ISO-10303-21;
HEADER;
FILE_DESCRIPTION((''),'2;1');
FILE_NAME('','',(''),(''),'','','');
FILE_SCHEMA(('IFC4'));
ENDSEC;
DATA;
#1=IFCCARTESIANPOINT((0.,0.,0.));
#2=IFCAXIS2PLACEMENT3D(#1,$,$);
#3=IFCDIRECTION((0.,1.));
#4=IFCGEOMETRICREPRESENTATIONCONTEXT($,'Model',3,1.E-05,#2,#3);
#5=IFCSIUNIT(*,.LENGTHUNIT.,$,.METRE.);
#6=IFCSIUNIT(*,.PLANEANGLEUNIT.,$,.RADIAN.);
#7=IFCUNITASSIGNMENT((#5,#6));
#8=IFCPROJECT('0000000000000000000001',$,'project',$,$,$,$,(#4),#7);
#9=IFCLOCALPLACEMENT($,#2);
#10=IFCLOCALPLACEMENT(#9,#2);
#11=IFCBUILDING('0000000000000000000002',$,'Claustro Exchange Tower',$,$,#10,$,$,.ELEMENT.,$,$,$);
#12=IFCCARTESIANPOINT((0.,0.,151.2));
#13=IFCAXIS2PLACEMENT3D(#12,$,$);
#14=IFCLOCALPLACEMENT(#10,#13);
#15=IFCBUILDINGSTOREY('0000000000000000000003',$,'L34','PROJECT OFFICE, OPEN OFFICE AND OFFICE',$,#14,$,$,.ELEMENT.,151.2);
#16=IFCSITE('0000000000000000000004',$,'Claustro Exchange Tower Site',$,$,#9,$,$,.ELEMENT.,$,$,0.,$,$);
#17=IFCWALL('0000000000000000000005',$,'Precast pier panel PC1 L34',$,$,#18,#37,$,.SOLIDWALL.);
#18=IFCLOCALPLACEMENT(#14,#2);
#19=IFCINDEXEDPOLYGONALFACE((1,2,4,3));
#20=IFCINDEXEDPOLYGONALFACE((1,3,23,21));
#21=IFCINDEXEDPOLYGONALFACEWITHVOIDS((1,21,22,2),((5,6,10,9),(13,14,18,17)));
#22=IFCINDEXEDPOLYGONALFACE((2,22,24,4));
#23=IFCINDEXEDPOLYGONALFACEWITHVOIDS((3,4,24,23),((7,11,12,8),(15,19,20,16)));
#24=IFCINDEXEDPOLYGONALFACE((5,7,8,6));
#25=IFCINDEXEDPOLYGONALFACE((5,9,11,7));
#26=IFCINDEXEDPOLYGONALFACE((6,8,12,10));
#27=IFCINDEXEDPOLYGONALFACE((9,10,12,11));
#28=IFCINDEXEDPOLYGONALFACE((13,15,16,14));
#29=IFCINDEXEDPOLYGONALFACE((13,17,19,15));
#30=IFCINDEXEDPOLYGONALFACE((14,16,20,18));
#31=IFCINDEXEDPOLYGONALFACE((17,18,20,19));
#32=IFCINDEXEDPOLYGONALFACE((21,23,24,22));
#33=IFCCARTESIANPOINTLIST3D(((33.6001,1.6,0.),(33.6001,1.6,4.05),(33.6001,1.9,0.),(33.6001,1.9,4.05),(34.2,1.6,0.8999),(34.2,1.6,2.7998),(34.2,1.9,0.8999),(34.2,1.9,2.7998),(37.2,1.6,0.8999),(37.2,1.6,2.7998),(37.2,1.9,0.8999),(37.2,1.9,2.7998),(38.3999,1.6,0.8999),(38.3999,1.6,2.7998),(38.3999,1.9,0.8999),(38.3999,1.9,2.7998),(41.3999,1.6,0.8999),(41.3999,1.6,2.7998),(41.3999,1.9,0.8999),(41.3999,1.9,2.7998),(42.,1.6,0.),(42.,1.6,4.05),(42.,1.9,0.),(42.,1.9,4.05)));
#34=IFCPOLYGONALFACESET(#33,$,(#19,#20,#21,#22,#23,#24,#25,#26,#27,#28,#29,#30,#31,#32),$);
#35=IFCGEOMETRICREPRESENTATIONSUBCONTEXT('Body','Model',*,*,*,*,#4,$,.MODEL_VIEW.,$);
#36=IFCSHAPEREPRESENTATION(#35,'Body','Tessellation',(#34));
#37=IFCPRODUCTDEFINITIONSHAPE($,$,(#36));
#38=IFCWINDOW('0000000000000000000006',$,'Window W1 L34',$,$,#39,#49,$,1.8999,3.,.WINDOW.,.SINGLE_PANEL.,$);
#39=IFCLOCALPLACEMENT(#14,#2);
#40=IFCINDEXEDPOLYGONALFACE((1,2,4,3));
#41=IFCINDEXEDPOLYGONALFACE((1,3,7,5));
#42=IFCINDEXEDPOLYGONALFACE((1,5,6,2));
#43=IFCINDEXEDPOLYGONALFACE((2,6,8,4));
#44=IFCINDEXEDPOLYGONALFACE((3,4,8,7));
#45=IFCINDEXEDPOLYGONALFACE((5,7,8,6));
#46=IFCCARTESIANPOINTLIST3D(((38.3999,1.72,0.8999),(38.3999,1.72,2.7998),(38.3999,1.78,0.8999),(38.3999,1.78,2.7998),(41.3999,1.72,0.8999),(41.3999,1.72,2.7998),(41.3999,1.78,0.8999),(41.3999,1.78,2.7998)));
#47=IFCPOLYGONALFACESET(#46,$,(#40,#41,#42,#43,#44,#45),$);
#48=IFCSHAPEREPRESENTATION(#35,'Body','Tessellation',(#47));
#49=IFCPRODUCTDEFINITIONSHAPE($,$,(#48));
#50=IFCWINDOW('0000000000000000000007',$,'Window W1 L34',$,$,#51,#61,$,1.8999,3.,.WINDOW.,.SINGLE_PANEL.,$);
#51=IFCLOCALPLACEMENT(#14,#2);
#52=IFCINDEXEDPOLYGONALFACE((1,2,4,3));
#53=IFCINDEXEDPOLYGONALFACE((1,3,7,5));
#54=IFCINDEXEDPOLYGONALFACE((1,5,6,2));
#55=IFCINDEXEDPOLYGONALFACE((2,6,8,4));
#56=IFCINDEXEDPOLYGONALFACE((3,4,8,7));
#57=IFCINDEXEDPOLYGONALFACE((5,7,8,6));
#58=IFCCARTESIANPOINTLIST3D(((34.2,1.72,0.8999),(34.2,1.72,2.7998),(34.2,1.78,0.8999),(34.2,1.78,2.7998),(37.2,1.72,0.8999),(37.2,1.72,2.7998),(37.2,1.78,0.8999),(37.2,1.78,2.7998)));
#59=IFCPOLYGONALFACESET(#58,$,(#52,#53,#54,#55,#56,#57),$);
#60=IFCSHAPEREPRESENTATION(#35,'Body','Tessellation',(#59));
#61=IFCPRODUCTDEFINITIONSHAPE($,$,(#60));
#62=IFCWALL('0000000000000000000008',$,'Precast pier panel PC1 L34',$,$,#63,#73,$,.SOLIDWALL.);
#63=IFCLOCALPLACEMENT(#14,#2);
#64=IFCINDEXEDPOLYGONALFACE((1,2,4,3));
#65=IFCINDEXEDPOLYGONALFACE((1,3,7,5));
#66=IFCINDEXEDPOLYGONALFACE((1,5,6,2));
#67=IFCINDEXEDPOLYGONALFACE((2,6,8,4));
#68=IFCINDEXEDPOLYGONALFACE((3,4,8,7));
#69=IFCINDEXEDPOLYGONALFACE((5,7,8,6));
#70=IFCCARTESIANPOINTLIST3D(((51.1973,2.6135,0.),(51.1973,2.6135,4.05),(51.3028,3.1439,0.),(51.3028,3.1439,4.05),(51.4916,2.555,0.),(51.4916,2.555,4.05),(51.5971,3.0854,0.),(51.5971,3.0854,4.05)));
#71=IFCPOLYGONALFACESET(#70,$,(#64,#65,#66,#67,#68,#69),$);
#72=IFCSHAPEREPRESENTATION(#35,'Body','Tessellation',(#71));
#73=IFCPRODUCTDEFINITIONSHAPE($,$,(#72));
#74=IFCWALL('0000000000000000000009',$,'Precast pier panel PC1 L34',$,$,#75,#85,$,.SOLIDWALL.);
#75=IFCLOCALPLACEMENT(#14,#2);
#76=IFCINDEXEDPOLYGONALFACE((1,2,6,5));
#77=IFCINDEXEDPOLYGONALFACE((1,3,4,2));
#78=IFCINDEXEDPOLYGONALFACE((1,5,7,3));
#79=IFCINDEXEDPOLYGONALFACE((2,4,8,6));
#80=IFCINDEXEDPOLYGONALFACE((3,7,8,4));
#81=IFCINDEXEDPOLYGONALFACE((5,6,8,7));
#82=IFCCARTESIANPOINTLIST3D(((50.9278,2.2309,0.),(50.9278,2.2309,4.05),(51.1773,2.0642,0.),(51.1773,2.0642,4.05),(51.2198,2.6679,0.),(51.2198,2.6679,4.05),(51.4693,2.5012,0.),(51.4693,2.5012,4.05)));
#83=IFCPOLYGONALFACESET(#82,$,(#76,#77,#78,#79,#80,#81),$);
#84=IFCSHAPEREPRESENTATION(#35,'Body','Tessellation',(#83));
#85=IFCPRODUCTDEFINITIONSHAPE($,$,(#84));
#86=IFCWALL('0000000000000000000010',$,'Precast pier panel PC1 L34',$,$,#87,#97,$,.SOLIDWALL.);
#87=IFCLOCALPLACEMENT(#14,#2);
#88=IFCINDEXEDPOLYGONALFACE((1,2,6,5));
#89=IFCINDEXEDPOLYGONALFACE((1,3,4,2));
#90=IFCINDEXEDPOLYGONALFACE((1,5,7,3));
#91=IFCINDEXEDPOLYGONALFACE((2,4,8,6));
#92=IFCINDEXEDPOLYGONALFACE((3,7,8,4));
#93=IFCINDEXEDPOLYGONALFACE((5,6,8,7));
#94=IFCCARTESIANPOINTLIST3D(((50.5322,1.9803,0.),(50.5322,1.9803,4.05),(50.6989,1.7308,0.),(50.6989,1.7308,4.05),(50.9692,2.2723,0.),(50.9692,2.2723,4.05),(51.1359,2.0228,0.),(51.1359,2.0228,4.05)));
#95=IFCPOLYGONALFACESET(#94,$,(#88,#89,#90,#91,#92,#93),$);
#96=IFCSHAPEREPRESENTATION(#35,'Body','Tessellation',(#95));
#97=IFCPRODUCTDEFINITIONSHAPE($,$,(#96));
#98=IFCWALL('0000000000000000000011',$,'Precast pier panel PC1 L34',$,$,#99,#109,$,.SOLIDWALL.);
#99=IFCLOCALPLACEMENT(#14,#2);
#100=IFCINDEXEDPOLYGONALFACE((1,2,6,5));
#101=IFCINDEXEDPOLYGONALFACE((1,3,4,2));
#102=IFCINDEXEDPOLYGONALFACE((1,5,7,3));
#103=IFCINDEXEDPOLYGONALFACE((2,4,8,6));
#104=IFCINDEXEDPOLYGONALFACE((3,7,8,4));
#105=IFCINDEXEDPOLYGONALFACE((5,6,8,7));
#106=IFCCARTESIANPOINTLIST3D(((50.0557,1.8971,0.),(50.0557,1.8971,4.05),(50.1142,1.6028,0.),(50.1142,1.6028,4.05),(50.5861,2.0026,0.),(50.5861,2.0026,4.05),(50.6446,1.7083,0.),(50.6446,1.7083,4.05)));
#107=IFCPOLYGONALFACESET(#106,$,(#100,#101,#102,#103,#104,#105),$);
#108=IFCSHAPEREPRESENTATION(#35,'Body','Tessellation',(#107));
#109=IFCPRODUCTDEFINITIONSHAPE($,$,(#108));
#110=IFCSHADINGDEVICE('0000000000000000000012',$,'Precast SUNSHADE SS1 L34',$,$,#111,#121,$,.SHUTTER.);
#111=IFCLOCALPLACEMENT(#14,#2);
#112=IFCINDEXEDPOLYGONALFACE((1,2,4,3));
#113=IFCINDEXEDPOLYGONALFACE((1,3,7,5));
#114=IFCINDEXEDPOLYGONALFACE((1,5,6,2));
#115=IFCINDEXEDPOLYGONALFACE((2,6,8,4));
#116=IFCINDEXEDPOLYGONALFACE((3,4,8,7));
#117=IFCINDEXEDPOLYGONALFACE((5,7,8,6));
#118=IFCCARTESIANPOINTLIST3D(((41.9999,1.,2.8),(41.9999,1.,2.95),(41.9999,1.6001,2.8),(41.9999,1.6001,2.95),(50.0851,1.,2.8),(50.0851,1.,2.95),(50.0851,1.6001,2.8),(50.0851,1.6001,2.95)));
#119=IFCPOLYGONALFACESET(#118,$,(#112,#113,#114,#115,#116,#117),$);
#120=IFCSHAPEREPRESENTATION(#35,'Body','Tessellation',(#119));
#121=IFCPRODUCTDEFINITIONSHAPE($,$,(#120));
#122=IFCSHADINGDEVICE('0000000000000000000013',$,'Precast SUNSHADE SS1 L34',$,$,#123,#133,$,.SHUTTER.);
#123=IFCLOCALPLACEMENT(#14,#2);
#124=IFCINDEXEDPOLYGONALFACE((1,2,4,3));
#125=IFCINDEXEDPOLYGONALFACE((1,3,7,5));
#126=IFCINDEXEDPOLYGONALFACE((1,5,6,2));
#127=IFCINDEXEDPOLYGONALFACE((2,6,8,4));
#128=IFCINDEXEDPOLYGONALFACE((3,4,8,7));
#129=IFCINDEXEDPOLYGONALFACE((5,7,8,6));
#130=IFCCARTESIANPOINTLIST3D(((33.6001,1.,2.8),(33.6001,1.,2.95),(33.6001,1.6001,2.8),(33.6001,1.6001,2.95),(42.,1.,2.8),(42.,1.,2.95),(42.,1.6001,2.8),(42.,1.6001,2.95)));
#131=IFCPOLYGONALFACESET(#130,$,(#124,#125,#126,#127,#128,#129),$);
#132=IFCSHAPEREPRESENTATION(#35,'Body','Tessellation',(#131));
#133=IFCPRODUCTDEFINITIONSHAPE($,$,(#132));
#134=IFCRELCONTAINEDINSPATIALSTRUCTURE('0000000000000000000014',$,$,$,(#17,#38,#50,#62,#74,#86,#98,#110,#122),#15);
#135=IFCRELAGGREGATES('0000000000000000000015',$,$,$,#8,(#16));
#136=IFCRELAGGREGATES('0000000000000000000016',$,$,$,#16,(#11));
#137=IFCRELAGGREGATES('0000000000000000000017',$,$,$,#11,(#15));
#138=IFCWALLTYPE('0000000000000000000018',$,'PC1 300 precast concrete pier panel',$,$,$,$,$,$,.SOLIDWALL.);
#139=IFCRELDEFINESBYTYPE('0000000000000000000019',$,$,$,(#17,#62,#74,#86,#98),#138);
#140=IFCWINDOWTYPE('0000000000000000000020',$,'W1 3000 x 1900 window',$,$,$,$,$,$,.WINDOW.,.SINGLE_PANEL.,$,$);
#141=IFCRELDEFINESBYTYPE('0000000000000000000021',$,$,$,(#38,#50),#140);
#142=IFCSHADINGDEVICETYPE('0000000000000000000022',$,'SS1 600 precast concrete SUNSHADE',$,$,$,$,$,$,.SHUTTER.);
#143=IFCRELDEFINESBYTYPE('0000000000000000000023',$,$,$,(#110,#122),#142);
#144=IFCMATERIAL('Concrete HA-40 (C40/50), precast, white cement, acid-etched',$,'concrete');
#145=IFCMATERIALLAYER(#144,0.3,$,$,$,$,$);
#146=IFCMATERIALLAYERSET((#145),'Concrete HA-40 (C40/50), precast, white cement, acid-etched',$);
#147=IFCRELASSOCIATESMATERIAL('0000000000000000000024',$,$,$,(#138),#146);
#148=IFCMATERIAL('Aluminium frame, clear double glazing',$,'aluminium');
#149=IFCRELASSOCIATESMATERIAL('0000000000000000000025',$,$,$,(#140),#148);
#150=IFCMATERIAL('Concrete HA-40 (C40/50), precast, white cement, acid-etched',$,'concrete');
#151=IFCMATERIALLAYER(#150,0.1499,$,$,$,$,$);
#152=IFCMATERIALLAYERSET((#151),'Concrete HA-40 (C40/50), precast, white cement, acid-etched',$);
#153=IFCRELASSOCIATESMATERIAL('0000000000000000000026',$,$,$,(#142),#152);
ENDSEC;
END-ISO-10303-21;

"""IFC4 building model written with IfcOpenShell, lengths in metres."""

from ifc_helpers import new_model, si_unit, direction, frame, frame_2d, origin, origin_2d, place, context, subcontext, project, spatial, rectangle, extrude, material, layer, layer_set, type_object, element, fill, save


model = new_model("IFC4")

# Units and contexts
model_context = context("Model", 3, precision=1e-05, world=origin(), true_north=direction((0.0, 1.0)))
body_context = subcontext(model_context, "Body", "Model", "MODEL_VIEW")
ifc_project = project(units=[si_unit("LENGTHUNIT", "METRE"), si_unit("PLANEANGLEUNIT", "RADIAN")], contexts=[model_context])

# Site, building, storey
site_placement = place(None, origin())
site = spatial("IfcSite", under=ifc_project, at=site_placement, Name="Claustro Exchange Tower Site", CompositionType="ELEMENT", RefElevation=0.0)
building_placement = place(site_placement, origin())
building = spatial("IfcBuilding", under=site, at=building_placement, Name="Claustro Exchange Tower", CompositionType="ELEMENT")
storey_placement = place(building_placement, frame((0.0, 0.0, 151.2)))
storey = spatial("IfcBuildingStorey", under=building, at=storey_placement, Name="L34", Description="PROJECT OFFICE, OPEN OFFICE AND OFFICE", CompositionType="ELEMENT", Elevation=151.2)

# Wall, openings, windows
ifc_material_1 = material(Name="Concrete HA-40 (C40/50), precast, white cement, acid-etched", Category="concrete")
ifc_layer_1 = layer(ifc_material_1, 0.3)
ifc_layer_set_1 = layer_set([ifc_layer_1], Name="Concrete HA-40 (C40/50), precast, white cement, acid-etched")
wall_type_1 = type_object("IfcWallType", Name="PC1 300 precast concrete pier panel", PredefinedType="SOLIDWALL", material=ifc_layer_set_1)
ifc_material_2 = material(Name="Aluminium frame, clear double glazing", Category="aluminium")
window_type = type_object("IfcWindowType", Name="W1 3000 x 1900 window", PartitioningType="SINGLE_PANEL", PredefinedType="WINDOW", material=ifc_material_2)
wall_1_placement = place(storey_placement, frame((42.0, 1.75, 0.0), z_axis=(0.0, 0.0, 1.0), x_axis=(-1.0, 0.0, 0.0)))
wall_1 = element("IfcWall", 1, at=wall_1_placement, inside=storey, type_object=wall_type_1, Name="Precast pier panel PC1 L34", PredefinedType="SOLIDWALL", context=body_context, shape_type="SweptSolid", body=[
    extrude(rectangle(XDim=8.3999, YDim=0.3, at=frame_2d((4.2, 0.0))), origin(), (0.0, 0.0, 1.0), 4.05),
])
opening_1_placement = place(wall_1_placement, frame((0.6001, 0.0, 0.8999)))
opening_1 = element("IfcOpeningElement", 2, at=opening_1_placement, cuts=wall_1, PredefinedType="OPENING", context=body_context, shape_type="SweptSolid", body=[
    extrude(rectangle(XDim=3.0, YDim=1.8999, at=frame_2d((1.5, 0.95))), frame((0.0, 0.1599, 0.0), z_axis=(0.0, -1.0, 0.0), x_axis=(1.0, 0.0, 0.0)), (0.0, 0.0, 1.0), 0.3201),
])
opening_2_placement = place(wall_1_placement, frame((4.8, 0.0, 0.8999)))
opening_2 = element("IfcOpeningElement", 3, at=opening_2_placement, cuts=wall_1, PredefinedType="OPENING", context=body_context, shape_type="SweptSolid", body=[
    extrude(rectangle(XDim=3.0, YDim=1.8999, at=frame_2d((1.5, 0.95))), frame((0.0, 0.1599, 0.0), z_axis=(0.0, -1.0, 0.0), x_axis=(1.0, 0.0, 0.0)), (0.0, 0.0, 1.0), 0.3201),
])
window_1_placement = place(opening_1_placement, origin())
window_1 = element("IfcWindow", 4, at=window_1_placement, inside=storey, type_object=window_type, Name="Window W1 L34", OverallHeight=1.8999, OverallWidth=3.0, PartitioningType="SINGLE_PANEL", PredefinedType="WINDOW", context=body_context, shape_type="SweptSolid", body=[
    extrude(rectangle(XDim=3.0, YDim=1.8999, at=frame_2d((1.5, 0.95))), frame((0.0, 0.03, 0.0), z_axis=(0.0, -1.0, 0.0), x_axis=(1.0, 0.0, 0.0)), (0.0, 0.0, 1.0), 0.0601),
])
fill(opening_1, window_1)
window_2_placement = place(opening_2_placement, origin())
window_2 = element("IfcWindow", 5, at=window_2_placement, inside=storey, type_object=window_type, Name="Window W1 L34", OverallHeight=1.8999, OverallWidth=3.0, PartitioningType="SINGLE_PANEL", PredefinedType="WINDOW", context=body_context, shape_type="SweptSolid", body=[
    extrude(rectangle(XDim=3.0, YDim=1.8999, at=frame_2d((1.5, 0.95))), frame((0.0, 0.03, 0.0), z_axis=(0.0, -1.0, 0.0), x_axis=(1.0, 0.0, 0.0)), (0.0, 0.0, 1.0), 0.0601),
])
fill(opening_2, window_2)

# Walls
wall_2_placement = place(storey_placement, frame((51.45, 3.1147, 0.0), z_axis=(0.0, 0.0, 1.0), x_axis=(-0.195074, -0.980789, 0.0)))
element("IfcWall", 6, at=wall_2_placement, inside=storey, type_object=wall_type_1, Name="Precast pier panel PC1 L34", PredefinedType="SOLIDWALL", context=body_context, shape_type="SweptSolid", body=[
    extrude(rectangle(XDim=0.5408, YDim=0.3, at=frame_2d((0.2705, 0.0))), origin(), (0.0, 0.0, 1.0), 4.05),
])
for number, where, z_axis, x_axis, name in (
    (7, (51.3445, 2.5845, 0.0), (0.0, 0.0, 1.0), (-0.555557, -0.831478, 0.0), "Precast pier panel PC1 L34"),
    (8, (51.0525, 2.1475, 0.0), (0.0, 0.0, 1.0), (-0.831478, -0.555557, 0.0), "Precast pier panel PC1 L34"),
):
    element("IfcWall", number, at=place(storey_placement, frame(where, z_axis=z_axis, x_axis=x_axis)), inside=storey, type_object=wall_type_1, Name=name, PredefinedType="SOLIDWALL", context=body_context, shape_type="SweptSolid", body=[
        extrude(rectangle(XDim=0.5256, YDim=0.3, at=frame_2d((0.2627, 0.0))), origin(), (0.0, 0.0, 1.0), 4.05),
    ])
wall_3_placement = place(storey_placement, frame((50.6155, 1.8555, 0.0), z_axis=(0.0, 0.0, 1.0), x_axis=(-0.980789, -0.195074, 0.0)))
element("IfcWall", 9, at=wall_3_placement, inside=storey, type_object=wall_type_1, Name="Precast pier panel PC1 L34", PredefinedType="SOLIDWALL", context=body_context, shape_type="SweptSolid", body=[
    extrude(rectangle(XDim=0.5408, YDim=0.3, at=frame_2d((0.2705, 0.0))), origin(), (0.0, 0.0, 1.0), 4.05),
])

# Shading devices
ifc_material_3 = material(Name="Concrete HA-40 (C40/50), precast, white cement, acid-etched", Category="concrete")
ifc_layer_2 = layer(ifc_material_3, 0.1499)
ifc_layer_set_2 = layer_set([ifc_layer_2], Name="Concrete HA-40 (C40/50), precast, white cement, acid-etched")
shading_device_type = type_object("IfcShadingDeviceType", Name="SS1 600 precast concrete SUNSHADE", PredefinedType="SHUTTER", material=ifc_layer_set_2)
shading_device_1_placement = place(storey_placement, frame((46.0425, 1.3, 2.8), z_axis=(0.0, 0.0, 1.0), x_axis=(-1.0, 0.0, 0.0)))
element("IfcShadingDevice", 10, at=shading_device_1_placement, inside=storey, type_object=shading_device_type, Name="Precast SUNSHADE SS1 L34", PredefinedType="SHUTTER", context=body_context, shape_type="SweptSolid", body=[
    extrude(rectangle(XDim=8.0852, YDim=0.6001, at=origin_2d()), origin(), (0.0, 0.0, 1.0), 0.1499),
])
shading_device_2_placement = place(storey_placement, frame((37.8, 1.3, 2.8), z_axis=(0.0, 0.0, 1.0), x_axis=(-1.0, 0.0, 0.0)))
element("IfcShadingDevice", 11, at=shading_device_2_placement, inside=storey, type_object=shading_device_type, Name="Precast SUNSHADE SS1 L34", PredefinedType="SHUTTER", context=body_context, shape_type="SweptSolid", body=[
    extrude(rectangle(XDim=8.3999, YDim=0.6001, at=origin_2d()), origin(), (0.0, 0.0, 1.0), 0.1499),
])

save(model, "model.ifc")
